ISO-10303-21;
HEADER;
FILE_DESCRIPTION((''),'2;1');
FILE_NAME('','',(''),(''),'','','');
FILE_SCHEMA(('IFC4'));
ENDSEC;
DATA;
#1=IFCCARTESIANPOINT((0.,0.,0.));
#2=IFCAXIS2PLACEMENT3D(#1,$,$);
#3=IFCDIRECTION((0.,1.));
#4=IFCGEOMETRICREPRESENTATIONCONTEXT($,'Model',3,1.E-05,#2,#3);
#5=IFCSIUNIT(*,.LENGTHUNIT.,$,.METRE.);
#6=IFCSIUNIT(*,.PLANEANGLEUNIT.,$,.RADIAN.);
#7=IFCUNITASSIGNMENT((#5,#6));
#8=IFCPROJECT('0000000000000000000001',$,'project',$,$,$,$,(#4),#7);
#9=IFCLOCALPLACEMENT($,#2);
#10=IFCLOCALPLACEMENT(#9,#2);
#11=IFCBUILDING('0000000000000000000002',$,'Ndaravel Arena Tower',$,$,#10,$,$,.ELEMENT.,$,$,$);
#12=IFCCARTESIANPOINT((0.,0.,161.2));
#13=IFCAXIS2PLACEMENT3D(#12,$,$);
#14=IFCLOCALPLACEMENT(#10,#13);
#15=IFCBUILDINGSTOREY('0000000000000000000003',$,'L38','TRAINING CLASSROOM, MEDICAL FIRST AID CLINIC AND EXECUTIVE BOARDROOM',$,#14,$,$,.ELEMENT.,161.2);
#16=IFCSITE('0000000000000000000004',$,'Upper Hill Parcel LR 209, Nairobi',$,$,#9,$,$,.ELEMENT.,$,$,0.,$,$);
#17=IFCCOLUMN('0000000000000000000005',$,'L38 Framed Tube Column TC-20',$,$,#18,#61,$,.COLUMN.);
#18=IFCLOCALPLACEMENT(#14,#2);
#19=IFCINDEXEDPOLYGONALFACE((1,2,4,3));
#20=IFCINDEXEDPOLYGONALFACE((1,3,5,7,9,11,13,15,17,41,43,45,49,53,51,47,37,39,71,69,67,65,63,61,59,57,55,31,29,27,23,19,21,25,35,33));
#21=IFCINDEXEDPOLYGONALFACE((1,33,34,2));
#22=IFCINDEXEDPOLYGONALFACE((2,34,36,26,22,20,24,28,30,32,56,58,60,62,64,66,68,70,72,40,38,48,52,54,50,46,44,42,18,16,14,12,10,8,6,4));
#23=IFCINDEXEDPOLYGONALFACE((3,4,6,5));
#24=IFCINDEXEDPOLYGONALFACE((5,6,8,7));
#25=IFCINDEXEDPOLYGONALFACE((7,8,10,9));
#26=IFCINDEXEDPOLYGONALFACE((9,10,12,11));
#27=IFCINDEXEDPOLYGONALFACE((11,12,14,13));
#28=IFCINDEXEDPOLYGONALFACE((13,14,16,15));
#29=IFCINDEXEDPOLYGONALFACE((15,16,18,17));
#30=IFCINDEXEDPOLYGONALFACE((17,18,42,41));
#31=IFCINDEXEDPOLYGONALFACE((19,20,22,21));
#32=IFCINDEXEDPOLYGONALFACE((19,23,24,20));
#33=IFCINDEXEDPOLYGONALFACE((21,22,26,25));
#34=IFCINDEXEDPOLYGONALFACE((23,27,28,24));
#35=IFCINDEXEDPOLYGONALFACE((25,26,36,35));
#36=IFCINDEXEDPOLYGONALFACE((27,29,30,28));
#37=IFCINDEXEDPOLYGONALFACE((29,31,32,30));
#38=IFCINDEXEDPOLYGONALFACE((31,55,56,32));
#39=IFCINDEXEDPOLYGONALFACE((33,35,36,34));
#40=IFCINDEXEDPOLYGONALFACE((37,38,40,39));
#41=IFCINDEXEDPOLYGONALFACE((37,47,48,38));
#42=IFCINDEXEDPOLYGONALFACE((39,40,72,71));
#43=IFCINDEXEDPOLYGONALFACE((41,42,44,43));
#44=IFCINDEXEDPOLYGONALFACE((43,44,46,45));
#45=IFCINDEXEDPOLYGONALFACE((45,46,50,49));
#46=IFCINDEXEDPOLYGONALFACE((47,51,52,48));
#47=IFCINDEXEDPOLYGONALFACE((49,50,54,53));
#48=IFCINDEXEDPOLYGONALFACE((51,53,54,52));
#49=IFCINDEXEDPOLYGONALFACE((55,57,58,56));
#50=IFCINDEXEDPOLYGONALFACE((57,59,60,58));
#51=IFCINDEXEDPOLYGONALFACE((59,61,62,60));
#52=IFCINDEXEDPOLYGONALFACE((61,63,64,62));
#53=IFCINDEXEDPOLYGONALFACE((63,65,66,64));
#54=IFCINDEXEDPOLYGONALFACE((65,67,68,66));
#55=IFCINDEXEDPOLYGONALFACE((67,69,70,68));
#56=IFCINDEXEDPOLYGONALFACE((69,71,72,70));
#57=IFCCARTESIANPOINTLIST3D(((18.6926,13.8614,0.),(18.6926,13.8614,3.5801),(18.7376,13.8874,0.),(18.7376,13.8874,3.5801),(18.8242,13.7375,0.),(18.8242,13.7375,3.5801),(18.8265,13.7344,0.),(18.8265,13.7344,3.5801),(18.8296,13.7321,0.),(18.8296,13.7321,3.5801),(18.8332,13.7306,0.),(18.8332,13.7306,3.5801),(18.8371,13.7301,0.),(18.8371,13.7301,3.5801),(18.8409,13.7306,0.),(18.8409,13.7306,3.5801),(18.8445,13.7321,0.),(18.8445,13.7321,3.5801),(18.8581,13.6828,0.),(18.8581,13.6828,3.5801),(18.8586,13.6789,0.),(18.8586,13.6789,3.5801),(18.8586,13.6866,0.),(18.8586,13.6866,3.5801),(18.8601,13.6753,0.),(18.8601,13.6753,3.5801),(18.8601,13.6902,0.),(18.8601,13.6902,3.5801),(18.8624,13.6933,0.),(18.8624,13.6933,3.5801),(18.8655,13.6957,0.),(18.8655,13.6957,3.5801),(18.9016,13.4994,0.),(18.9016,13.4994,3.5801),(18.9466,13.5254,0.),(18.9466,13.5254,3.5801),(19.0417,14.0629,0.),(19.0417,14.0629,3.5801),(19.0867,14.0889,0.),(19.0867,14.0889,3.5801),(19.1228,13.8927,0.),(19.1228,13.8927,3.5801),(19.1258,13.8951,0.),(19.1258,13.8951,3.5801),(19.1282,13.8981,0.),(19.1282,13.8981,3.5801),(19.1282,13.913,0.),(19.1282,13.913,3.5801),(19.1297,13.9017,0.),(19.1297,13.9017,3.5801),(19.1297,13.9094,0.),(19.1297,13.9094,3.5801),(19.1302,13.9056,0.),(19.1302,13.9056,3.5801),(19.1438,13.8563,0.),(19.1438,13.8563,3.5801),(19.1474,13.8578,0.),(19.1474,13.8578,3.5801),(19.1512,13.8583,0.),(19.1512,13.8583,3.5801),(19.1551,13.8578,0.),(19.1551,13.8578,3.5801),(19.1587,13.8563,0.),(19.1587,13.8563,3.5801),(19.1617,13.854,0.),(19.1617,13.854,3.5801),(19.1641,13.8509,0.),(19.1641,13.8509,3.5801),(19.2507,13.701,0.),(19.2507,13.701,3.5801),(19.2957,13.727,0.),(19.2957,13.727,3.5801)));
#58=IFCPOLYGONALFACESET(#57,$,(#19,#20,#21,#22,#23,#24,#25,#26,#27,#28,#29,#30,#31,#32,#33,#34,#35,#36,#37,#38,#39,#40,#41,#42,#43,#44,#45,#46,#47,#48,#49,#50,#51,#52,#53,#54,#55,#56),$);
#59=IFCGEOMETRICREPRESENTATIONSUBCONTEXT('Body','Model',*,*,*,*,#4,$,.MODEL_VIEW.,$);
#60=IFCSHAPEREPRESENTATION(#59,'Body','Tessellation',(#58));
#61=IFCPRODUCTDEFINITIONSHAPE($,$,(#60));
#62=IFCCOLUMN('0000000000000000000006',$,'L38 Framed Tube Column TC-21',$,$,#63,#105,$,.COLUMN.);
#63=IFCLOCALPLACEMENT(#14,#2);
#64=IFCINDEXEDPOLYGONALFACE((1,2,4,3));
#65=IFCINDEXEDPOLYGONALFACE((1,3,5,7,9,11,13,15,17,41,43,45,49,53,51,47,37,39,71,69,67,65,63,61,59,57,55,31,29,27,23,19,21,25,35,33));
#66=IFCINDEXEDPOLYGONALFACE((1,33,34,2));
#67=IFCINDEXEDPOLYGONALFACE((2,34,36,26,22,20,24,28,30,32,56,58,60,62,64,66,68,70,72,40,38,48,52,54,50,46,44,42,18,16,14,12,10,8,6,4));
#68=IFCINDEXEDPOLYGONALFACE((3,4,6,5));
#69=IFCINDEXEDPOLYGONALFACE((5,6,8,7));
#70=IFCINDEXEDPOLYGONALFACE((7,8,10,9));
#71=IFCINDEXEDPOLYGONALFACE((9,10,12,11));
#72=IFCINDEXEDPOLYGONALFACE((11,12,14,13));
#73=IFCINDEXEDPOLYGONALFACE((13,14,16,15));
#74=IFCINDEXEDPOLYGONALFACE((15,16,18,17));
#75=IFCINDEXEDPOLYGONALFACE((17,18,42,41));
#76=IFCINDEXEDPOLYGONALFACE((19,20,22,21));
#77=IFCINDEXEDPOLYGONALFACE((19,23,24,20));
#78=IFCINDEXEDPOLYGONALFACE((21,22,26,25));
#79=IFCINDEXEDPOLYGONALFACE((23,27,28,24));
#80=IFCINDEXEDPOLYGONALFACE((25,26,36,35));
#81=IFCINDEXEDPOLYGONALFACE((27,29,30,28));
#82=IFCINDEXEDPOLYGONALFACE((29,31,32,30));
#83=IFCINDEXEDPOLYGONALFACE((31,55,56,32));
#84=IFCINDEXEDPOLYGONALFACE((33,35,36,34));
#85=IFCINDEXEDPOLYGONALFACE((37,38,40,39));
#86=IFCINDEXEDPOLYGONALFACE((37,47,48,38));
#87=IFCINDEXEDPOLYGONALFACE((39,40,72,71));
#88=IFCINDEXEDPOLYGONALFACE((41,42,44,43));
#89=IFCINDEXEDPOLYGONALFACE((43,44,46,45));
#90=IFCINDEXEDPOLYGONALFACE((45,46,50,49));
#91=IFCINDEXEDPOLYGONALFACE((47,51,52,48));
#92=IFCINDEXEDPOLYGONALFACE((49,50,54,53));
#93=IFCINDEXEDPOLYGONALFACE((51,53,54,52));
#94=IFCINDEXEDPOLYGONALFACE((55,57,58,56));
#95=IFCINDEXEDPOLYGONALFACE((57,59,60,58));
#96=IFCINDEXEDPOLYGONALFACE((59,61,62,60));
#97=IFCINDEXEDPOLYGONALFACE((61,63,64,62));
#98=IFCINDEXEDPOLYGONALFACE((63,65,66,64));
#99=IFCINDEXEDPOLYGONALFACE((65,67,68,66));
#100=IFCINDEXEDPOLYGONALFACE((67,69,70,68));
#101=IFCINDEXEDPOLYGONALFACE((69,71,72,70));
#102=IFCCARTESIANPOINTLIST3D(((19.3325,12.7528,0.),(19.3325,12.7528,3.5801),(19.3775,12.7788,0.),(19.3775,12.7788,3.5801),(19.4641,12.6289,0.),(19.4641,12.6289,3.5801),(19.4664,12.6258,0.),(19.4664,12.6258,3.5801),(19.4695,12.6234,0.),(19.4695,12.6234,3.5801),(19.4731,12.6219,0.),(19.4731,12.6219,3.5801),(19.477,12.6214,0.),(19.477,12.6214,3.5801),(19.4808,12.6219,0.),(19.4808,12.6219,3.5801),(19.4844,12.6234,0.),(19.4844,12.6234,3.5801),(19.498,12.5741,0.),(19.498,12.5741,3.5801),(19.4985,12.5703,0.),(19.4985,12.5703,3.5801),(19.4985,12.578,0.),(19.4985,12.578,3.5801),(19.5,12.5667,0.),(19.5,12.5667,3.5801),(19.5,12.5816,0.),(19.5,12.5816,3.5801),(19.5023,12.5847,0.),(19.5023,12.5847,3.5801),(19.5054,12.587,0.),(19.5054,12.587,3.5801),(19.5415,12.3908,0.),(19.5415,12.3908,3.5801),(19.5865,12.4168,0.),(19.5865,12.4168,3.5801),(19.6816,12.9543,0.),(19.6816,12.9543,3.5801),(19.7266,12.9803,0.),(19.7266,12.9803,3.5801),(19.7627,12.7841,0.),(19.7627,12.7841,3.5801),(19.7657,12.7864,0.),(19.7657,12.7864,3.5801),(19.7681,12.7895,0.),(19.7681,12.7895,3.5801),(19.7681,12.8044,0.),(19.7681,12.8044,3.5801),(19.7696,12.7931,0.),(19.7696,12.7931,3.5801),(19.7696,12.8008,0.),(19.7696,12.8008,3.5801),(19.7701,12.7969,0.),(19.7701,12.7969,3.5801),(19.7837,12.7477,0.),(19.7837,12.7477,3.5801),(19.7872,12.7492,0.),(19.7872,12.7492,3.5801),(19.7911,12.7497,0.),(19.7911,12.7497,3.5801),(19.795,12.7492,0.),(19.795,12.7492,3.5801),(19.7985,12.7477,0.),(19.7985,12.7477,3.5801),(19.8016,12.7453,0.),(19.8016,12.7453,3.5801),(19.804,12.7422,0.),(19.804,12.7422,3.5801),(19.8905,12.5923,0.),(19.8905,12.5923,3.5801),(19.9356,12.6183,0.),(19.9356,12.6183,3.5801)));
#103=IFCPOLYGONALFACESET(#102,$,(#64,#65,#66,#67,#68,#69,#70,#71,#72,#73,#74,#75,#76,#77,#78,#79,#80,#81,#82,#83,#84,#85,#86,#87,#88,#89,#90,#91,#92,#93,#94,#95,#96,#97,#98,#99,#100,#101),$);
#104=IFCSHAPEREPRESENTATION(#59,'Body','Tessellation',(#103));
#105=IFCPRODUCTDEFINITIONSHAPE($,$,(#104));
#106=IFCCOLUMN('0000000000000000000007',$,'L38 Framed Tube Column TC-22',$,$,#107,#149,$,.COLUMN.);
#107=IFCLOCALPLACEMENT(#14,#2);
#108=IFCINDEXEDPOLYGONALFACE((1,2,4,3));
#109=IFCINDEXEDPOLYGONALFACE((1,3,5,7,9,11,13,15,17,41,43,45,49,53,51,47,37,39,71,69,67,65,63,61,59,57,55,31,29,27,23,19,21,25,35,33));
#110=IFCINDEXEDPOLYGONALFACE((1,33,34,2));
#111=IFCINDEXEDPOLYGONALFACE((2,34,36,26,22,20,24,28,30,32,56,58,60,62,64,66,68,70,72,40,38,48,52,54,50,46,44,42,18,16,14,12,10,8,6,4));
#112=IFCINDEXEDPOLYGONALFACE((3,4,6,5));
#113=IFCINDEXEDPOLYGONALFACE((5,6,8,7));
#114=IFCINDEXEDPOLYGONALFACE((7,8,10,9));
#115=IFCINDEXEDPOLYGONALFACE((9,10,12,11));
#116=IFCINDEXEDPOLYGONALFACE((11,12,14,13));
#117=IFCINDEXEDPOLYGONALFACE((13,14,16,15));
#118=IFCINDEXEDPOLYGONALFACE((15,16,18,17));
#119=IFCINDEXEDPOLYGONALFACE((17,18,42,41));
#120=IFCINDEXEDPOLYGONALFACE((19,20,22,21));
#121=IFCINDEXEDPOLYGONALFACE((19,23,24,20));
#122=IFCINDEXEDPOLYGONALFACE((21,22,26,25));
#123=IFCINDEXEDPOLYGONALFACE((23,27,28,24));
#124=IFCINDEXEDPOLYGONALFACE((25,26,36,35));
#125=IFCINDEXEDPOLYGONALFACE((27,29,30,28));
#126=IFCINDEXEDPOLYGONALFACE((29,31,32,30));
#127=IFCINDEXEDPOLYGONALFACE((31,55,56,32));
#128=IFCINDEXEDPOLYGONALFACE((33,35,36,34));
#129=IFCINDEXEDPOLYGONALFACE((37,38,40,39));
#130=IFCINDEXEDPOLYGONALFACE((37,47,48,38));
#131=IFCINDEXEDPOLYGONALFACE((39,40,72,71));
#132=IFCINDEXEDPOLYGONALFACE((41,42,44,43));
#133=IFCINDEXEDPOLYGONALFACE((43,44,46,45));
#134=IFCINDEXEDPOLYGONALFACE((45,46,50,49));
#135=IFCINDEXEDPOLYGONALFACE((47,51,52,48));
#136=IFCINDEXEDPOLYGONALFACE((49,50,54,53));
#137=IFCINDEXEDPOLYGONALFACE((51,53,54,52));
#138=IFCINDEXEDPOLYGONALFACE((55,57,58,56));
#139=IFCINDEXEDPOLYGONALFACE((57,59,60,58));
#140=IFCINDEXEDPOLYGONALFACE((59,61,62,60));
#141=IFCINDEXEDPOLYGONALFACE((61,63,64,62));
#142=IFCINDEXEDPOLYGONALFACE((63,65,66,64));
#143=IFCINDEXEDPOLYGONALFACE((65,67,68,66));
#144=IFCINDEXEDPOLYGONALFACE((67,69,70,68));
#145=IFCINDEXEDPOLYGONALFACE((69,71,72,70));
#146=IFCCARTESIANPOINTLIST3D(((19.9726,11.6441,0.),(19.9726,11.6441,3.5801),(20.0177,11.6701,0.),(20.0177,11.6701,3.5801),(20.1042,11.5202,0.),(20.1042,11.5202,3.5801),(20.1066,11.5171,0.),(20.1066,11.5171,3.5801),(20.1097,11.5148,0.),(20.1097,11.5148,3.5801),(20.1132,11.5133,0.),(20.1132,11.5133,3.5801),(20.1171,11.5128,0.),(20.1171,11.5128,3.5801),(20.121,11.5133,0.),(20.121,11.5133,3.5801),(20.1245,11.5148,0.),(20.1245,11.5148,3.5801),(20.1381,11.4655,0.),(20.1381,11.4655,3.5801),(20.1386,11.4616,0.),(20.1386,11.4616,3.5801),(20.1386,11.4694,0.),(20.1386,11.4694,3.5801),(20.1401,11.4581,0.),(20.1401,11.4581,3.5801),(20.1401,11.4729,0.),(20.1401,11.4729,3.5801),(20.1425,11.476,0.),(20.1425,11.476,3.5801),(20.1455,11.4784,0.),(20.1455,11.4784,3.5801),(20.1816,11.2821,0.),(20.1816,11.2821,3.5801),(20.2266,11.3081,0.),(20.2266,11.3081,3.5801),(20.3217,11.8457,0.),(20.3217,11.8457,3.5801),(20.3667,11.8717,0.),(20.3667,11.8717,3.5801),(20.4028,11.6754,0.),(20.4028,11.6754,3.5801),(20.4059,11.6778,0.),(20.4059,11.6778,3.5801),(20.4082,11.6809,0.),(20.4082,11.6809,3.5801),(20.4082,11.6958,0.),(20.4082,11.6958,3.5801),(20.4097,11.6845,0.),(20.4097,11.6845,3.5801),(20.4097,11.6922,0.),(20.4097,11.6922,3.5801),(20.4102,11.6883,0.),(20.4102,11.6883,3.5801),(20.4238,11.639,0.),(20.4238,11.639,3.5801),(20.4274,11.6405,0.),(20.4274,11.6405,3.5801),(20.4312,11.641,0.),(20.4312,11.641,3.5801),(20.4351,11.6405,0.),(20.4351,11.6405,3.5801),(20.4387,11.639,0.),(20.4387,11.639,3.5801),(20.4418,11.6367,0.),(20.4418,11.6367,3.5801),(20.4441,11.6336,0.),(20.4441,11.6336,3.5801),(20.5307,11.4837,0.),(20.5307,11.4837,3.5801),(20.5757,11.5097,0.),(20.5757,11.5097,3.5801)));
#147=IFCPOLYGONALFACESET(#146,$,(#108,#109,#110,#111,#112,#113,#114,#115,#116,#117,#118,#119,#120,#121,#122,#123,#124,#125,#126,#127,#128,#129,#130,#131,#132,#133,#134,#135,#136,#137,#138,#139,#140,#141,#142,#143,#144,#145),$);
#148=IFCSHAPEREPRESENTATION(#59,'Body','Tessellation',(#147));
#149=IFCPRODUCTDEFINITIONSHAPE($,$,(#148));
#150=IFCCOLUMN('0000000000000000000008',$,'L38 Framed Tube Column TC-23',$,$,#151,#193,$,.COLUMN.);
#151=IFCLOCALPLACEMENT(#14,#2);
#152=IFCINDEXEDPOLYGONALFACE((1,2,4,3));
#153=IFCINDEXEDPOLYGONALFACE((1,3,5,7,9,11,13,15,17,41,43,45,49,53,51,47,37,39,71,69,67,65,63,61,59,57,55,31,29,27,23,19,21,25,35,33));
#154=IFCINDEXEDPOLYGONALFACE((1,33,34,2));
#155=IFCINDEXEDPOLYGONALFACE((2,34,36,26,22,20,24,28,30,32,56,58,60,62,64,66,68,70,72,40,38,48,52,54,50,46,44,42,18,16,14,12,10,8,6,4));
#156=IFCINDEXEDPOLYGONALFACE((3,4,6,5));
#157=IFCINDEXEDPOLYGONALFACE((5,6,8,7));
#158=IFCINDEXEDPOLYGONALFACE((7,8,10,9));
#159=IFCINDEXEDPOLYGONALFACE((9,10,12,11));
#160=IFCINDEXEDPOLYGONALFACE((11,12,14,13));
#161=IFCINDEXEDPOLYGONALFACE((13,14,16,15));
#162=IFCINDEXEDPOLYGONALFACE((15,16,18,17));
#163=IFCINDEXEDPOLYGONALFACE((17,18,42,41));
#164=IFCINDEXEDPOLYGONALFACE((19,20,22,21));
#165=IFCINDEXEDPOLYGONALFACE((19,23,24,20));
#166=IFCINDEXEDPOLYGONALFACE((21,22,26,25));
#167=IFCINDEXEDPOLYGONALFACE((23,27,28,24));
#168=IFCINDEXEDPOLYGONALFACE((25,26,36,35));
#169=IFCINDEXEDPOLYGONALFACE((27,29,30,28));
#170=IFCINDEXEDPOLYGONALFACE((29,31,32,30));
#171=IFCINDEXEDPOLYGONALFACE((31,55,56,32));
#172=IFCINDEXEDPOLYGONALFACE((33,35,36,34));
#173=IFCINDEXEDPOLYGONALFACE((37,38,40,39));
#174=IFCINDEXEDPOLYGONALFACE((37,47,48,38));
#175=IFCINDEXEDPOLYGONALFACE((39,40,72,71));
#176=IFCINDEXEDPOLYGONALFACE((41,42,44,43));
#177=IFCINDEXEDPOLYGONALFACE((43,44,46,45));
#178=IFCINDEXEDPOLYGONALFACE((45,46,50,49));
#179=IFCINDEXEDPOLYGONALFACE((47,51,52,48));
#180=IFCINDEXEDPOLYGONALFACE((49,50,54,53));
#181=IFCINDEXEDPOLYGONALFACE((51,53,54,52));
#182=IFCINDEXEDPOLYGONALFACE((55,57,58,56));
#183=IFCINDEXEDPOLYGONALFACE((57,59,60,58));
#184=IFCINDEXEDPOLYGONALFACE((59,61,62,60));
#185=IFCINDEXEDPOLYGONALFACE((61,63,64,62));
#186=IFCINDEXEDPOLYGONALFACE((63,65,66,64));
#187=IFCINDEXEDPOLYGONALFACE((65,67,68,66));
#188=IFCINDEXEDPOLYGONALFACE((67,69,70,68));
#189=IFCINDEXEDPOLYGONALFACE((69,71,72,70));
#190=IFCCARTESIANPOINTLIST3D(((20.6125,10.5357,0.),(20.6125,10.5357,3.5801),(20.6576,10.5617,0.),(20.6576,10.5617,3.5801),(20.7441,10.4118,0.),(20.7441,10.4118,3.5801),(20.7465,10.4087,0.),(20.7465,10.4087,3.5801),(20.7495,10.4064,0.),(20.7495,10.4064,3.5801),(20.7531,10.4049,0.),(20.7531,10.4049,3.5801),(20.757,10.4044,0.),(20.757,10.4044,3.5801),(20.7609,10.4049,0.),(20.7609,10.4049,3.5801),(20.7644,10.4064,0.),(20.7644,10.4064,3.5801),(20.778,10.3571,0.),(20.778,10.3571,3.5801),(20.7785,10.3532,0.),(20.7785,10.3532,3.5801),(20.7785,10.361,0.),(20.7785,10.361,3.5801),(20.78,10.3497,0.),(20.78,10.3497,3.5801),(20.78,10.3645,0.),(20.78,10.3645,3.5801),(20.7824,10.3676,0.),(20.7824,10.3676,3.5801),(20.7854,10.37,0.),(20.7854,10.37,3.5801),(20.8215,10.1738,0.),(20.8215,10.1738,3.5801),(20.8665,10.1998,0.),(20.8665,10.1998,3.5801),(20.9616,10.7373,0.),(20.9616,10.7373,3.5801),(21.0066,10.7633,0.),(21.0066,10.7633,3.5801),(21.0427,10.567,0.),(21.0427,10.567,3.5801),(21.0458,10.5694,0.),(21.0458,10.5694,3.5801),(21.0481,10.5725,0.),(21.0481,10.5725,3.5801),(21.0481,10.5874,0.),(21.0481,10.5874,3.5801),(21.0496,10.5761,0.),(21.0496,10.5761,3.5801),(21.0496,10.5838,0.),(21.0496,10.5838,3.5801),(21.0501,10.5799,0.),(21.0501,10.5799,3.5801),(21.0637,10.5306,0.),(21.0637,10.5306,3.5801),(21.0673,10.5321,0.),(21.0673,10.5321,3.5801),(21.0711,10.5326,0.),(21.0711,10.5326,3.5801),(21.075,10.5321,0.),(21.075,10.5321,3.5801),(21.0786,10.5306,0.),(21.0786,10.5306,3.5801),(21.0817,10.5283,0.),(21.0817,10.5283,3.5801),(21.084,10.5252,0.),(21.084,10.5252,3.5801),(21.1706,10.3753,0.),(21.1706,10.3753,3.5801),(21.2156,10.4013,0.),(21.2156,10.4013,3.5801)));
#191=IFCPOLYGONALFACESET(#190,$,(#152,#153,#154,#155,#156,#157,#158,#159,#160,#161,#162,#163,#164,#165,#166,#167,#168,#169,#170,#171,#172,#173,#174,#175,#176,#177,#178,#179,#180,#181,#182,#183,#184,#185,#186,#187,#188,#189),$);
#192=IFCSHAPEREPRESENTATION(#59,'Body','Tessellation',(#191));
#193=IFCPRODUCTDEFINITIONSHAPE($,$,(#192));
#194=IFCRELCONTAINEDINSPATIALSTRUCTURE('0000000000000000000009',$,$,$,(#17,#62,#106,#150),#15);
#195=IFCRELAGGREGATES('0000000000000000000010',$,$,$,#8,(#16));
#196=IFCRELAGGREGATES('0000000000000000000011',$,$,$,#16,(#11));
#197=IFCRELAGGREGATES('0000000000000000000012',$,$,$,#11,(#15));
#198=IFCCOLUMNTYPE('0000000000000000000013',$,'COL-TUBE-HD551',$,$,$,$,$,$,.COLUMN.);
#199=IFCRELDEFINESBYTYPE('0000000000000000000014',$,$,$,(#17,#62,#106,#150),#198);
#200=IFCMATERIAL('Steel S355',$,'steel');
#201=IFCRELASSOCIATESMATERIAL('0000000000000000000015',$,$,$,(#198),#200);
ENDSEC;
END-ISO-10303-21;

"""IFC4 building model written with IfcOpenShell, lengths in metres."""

from ifc_helpers import new_model, si_unit, direction, frame, origin, origin_2d, place, context, subcontext, project, spatial, i_section, extrude, material, material_profile, profile_set, type_object, element, save


model = new_model("IFC4")

# Units and contexts
model_context = context("Model", 3, precision=1e-05, world=origin(), true_north=direction((0.0, 1.0)))
body_context = subcontext(model_context, "Body", "Model", "MODEL_VIEW")
ifc_project = project(units=[si_unit("LENGTHUNIT", "METRE"), si_unit("PLANEANGLEUNIT", "RADIAN")], contexts=[model_context])

# Site, building, storey
site_placement = place(None, origin())
site = spatial("IfcSite", under=ifc_project, at=site_placement, Name="Upper Hill Parcel LR 209, Nairobi", CompositionType="ELEMENT", RefElevation=0.0)
building_placement = place(site_placement, origin())
building = spatial("IfcBuilding", under=site, at=building_placement, Name="Ndaravel Arena Tower", CompositionType="ELEMENT")
storey_placement = place(building_placement, frame((0.0, 0.0, 161.2)))
storey = spatial("IfcBuildingStorey", under=building, at=storey_placement, Name="L38", Description="TRAINING CLASSROOM, MEDICAL FIRST AID CLINIC AND EXECUTIVE BOARDROOM", CompositionType="ELEMENT", Elevation=161.2)

# Columns
ifc_material_1 = material(Name="Steel S355", Category="steel")
ifc_material_profile_1 = material_profile(ifc_material_1, i_section(OverallWidth=0.418, OverallDepth=0.4551, WebThickness=0.042, FlangeThickness=0.052, FilletRadius=0.0149, at=origin_2d()), Name="HD 400x551")
ifc_profile_set_1 = profile_set([ifc_material_profile_1], Name="Steel S355")
column_type = type_object("IfcColumnType", Name="COL-TUBE-HD551", PredefinedType="COLUMN", material=ifc_profile_set_1)
for number, where, z_axis, x_axis, name in (
    (1, (18.9941, 13.7942, 0.0), (0.0, 0.0, 1.0), (-0.5, 0.866025, 0.0), "L38 Framed Tube Column TC-20"),
    (2, (19.634, 12.6855, 0.0), (0.0, 0.0, 1.0), (-0.5, 0.866025, 0.0), "L38 Framed Tube Column TC-21"),
    (3, (20.2742, 11.5769, 0.0), (0.0, 0.0, 1.0), (-0.5, 0.866025, 0.0), "L38 Framed Tube Column TC-22"),
    (4, (20.9141, 10.4685, 0.0), (0.0, 0.0, 1.0), (-0.5, 0.866025, 0.0), "L38 Framed Tube Column TC-23"),
):
    element("IfcColumn", number, at=place(storey_placement, frame(where, z_axis=z_axis, x_axis=x_axis)), inside=storey, type_object=column_type, Name=name, PredefinedType="COLUMN", context=body_context, shape_type="SweptSolid", body=[
        extrude(i_section(OverallWidth=0.418, OverallDepth=0.4551, WebThickness=0.042, FlangeThickness=0.052, FilletRadius=0.0149, at=origin_2d()), origin(), (0.0, 0.0, 1.0), 3.5801),
    ])

save(model, "model.ifc")
